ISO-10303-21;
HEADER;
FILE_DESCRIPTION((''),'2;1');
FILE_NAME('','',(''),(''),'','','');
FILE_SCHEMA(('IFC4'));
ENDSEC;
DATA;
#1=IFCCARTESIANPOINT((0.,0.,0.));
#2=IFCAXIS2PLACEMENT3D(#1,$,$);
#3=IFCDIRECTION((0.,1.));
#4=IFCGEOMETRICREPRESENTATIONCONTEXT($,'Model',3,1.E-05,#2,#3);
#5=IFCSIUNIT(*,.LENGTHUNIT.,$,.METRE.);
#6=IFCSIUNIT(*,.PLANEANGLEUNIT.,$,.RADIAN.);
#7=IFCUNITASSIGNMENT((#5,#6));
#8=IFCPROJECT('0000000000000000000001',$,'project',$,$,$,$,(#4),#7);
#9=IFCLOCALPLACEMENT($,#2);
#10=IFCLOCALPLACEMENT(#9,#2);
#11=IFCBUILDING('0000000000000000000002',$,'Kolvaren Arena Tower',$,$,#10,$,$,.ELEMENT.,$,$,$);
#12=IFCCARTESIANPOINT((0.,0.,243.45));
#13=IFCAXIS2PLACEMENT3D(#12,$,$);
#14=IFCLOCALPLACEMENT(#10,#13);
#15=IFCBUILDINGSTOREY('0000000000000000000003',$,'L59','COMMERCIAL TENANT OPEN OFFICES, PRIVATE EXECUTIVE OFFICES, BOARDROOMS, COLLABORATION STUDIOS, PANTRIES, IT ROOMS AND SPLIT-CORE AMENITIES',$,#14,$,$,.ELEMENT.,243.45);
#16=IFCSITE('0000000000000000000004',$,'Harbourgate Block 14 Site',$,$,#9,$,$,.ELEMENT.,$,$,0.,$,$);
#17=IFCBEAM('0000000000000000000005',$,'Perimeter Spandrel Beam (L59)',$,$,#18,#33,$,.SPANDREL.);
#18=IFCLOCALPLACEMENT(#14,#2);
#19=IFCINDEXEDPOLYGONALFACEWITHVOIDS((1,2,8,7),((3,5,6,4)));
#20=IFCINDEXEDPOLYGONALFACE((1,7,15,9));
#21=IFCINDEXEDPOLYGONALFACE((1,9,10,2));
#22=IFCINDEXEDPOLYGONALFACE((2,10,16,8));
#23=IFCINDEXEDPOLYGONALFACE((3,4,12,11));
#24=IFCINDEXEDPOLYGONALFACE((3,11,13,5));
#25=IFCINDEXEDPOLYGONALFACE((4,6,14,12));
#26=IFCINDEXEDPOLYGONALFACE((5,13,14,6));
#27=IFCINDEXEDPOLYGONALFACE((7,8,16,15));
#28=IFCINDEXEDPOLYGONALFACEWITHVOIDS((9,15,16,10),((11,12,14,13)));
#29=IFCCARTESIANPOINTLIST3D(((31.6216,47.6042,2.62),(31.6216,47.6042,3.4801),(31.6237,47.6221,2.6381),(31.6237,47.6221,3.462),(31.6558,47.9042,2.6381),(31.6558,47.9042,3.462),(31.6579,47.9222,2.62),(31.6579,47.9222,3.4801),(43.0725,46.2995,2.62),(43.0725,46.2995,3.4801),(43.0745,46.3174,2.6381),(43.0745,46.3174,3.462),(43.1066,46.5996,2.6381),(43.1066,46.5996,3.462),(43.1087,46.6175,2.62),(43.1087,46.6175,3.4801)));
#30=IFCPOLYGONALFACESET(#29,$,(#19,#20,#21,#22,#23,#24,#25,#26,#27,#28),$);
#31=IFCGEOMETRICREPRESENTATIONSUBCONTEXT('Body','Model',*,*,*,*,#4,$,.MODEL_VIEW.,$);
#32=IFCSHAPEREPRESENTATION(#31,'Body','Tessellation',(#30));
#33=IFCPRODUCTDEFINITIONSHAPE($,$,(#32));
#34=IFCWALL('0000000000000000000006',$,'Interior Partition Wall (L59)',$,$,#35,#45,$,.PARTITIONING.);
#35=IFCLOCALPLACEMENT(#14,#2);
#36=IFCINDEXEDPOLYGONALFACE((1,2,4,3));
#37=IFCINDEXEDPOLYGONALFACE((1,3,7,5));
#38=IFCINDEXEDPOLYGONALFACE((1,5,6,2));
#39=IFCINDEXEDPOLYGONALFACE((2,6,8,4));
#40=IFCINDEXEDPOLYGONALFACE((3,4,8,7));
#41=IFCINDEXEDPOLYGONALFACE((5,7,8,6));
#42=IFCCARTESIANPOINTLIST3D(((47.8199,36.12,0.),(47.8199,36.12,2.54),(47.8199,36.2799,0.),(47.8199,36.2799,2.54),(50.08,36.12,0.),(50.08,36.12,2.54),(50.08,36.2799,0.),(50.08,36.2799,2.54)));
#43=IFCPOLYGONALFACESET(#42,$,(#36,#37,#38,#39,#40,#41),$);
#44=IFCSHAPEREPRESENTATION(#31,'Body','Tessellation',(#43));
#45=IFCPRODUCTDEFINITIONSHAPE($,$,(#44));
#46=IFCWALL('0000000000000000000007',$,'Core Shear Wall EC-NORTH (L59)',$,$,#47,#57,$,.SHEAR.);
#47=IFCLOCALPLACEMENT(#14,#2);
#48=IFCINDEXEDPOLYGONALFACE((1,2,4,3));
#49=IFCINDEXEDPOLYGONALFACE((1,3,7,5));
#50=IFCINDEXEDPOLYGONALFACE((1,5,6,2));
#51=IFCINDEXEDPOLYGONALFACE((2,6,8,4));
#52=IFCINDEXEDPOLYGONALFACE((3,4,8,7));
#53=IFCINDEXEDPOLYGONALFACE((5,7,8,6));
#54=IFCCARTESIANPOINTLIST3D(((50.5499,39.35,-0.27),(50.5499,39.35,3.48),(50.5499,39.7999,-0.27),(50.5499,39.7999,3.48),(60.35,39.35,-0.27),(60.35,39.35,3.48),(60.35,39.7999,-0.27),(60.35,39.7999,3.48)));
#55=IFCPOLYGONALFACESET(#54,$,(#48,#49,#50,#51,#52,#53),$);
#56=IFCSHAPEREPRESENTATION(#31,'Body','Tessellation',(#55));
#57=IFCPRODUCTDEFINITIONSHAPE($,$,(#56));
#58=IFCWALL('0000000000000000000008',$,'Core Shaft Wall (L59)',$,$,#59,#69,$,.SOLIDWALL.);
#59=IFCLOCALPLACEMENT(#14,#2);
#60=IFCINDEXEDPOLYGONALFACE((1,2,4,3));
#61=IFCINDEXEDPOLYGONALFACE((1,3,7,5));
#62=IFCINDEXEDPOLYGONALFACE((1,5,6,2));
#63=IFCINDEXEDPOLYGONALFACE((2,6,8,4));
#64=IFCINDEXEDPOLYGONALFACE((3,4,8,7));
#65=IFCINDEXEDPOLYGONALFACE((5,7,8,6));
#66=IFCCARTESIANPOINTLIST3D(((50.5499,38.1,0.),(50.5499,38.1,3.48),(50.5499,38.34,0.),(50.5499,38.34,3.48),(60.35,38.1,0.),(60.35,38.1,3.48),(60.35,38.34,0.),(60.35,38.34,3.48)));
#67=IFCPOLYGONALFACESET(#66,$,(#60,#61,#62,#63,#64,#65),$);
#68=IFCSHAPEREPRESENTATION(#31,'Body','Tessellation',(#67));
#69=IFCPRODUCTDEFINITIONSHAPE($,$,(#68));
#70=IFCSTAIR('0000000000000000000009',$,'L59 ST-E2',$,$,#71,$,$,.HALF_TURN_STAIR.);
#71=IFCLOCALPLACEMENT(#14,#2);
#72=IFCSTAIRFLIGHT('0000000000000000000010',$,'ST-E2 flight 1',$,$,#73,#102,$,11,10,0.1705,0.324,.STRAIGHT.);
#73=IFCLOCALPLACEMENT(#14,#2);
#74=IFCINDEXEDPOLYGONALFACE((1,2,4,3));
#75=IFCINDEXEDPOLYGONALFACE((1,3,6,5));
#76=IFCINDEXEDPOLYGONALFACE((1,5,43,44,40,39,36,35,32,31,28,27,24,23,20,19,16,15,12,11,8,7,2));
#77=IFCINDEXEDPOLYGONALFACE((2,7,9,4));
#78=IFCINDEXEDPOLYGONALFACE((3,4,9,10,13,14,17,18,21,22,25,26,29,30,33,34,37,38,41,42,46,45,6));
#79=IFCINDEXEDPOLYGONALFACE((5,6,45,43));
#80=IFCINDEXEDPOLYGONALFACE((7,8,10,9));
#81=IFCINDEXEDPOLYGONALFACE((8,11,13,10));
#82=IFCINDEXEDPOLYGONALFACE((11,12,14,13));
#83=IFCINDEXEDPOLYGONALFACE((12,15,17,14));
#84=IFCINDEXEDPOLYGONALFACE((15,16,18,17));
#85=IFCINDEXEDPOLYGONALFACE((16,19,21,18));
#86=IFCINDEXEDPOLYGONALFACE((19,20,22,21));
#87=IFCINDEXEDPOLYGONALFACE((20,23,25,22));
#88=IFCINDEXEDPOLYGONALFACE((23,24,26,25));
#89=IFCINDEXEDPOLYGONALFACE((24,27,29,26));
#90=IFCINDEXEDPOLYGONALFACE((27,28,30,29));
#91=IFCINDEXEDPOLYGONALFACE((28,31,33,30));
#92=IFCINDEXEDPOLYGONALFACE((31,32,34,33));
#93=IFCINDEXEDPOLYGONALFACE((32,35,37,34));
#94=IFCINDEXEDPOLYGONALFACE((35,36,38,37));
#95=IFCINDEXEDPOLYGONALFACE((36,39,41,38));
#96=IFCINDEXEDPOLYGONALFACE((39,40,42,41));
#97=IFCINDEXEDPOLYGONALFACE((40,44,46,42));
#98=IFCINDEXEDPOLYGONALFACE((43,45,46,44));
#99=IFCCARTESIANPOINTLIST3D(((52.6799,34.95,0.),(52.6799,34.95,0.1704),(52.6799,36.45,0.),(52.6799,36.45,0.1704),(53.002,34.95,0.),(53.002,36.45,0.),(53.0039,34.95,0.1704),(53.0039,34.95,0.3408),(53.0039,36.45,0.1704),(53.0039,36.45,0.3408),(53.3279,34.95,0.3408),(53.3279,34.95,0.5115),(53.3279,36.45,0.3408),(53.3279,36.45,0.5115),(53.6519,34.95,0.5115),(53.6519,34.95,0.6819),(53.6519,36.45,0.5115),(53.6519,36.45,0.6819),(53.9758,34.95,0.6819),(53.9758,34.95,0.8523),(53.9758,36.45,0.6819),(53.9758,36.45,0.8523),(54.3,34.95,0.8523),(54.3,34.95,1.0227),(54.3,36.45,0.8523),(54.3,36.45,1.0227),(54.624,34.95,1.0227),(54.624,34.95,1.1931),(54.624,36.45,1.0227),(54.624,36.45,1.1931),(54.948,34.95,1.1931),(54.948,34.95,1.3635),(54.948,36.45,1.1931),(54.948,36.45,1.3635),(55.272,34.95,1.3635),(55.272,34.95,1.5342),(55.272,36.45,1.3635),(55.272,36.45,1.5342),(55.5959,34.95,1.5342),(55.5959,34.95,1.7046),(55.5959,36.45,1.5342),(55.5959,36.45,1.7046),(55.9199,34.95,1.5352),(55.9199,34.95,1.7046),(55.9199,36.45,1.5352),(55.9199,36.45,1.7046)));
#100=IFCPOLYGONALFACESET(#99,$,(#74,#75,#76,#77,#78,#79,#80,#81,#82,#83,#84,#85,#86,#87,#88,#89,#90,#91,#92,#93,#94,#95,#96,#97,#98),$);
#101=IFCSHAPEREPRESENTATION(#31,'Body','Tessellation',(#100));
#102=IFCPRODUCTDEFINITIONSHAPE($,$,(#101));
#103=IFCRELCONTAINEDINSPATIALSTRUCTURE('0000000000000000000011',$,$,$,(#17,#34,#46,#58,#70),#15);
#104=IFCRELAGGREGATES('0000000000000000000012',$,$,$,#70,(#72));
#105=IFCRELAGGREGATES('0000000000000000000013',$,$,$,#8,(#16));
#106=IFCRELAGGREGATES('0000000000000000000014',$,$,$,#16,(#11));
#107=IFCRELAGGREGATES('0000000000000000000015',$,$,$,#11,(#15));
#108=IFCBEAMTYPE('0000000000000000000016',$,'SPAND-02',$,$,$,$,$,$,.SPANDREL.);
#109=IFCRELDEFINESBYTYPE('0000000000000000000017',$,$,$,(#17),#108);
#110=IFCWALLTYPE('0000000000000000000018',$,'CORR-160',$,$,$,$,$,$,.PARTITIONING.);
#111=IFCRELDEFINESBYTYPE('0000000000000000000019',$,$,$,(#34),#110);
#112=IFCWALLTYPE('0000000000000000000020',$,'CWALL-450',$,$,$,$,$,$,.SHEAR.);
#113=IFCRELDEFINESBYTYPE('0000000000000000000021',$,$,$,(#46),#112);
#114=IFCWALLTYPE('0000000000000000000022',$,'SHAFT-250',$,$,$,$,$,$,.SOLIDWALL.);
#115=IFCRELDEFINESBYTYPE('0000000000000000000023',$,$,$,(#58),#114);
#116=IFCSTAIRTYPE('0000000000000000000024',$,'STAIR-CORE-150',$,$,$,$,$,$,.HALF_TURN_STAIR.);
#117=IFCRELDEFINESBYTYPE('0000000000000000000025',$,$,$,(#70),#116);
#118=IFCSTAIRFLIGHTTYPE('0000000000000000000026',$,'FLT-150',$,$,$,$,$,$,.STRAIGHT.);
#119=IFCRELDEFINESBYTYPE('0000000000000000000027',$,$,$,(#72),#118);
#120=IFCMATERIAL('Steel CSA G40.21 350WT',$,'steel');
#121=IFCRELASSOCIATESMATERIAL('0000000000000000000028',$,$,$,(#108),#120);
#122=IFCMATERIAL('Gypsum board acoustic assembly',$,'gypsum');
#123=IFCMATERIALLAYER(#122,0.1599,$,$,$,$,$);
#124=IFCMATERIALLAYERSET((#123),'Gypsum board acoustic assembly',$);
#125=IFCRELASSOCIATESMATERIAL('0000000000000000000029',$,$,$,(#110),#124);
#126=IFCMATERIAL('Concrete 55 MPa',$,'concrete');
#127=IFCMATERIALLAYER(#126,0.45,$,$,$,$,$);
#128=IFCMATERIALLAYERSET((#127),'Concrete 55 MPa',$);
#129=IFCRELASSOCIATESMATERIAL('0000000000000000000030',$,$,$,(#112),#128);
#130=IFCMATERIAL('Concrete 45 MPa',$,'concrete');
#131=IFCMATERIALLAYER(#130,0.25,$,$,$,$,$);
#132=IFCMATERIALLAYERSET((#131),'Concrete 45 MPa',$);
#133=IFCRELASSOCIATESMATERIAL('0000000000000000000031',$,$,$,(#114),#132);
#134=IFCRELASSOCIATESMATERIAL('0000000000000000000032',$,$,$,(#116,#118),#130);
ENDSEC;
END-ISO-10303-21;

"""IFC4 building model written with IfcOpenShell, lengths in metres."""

from ifc_helpers import new_model, si_unit, direction, frame, frame_2d, origin, origin_2d, place, context, subcontext, project, spatial, polyline, rectangle, hollow_rectangle, outline, extrude, material, layer, layer_set, material_profile, profile_set, type_object, element, aggregate, save


model = new_model("IFC4")

# Units and contexts
model_context = context("Model", 3, precision=1e-05, world=origin(), true_north=direction((0.0, 1.0)))
body_context = subcontext(model_context, "Body", "Model", "MODEL_VIEW")
ifc_project = project(units=[si_unit("LENGTHUNIT", "METRE"), si_unit("PLANEANGLEUNIT", "RADIAN")], contexts=[model_context])

# Site, building, storey
site_placement = place(None, origin())
site = spatial("IfcSite", under=ifc_project, at=site_placement, Name="Harbourgate Block 14 Site", CompositionType="ELEMENT", RefElevation=0.0)
building_placement = place(site_placement, origin())
building = spatial("IfcBuilding", under=site, at=building_placement, Name="Kolvaren Arena Tower", CompositionType="ELEMENT")
storey_placement = place(building_placement, frame((0.0, 0.0, 243.45)))
storey = spatial("IfcBuildingStorey", under=building, at=storey_placement, Name="L59", Description="COMMERCIAL TENANT OPEN OFFICES, PRIVATE EXECUTIVE OFFICES, BOARDROOMS, COLLABORATION STUDIOS, PANTRIES, IT ROOMS AND SPLIT-CORE AMENITIES", CompositionType="ELEMENT", Elevation=243.45)

# Beam
ifc_material_1 = material(Name="Steel CSA G40.21 350WT", Category="steel")
ifc_material_profile_1 = material_profile(ifc_material_1, hollow_rectangle(XDim=0.3201, YDim=0.8601, WallThickness=0.0181, at=origin_2d()), Name="HSS 860x320x18")
ifc_profile_set_1 = profile_set([ifc_material_profile_1], Name="Steel CSA G40.21 350WT")
beam_type_1 = type_object("IfcBeamType", Name="SPAND-02", PredefinedType="SPANDREL", material=ifc_profile_set_1)
beam_1_placement = place(storey_placement, frame((43.0906, 46.4585, 3.05), z_axis=(-0.993572, 0.113205, 0.0), x_axis=(-0.113205, -0.993572, 0.0)))
element("IfcBeam", 1, at=beam_1_placement, inside=storey, type_object=beam_type_1, Name="Perimeter Spandrel Beam (L59)", PredefinedType="SPANDREL", context=body_context, shape_type="SweptSolid", body=[
    extrude(hollow_rectangle(XDim=0.3201, YDim=0.8601, WallThickness=0.0181, at=origin_2d()), origin(), (0.0, 0.0, 1.0), 11.5249),
])

# Walls
ifc_material_2 = material(Name="Gypsum board acoustic assembly", Category="gypsum")
ifc_layer_1 = layer(ifc_material_2, 0.1599)
ifc_layer_set_1 = layer_set([ifc_layer_1], Name="Gypsum board acoustic assembly")
wall_type_1 = type_object("IfcWallType", Name="CORR-160", PredefinedType="PARTITIONING", material=ifc_layer_set_1)
wall_1_placement = place(storey_placement, frame((47.8201, 36.2, 0.0), z_axis=(0.0, 0.0, 1.0), x_axis=(1.0, 0.0, 0.0)))
element("IfcWall", 2, at=wall_1_placement, inside=storey, type_object=wall_type_1, Name="Interior Partition Wall (L59)", PredefinedType="PARTITIONING", context=body_context, shape_type="SweptSolid", body=[
    extrude(rectangle(XDim=2.26, YDim=0.1599, at=frame_2d((1.1299, 0.0))), origin(), (0.0, 0.0, 1.0), 2.54),
])
ifc_material_3 = material(Name="Concrete 55 MPa", Category="concrete")
ifc_layer_2 = layer(ifc_material_3, 0.45)
ifc_layer_set_2 = layer_set([ifc_layer_2], Name="Concrete 55 MPa")
wall_type_2 = type_object("IfcWallType", Name="CWALL-450", PredefinedType="SHEAR", material=ifc_layer_set_2)
wall_2_placement = place(storey_placement, frame((50.55, 39.575, -0.27), z_axis=(0.0, 0.0, 1.0), x_axis=(1.0, 0.0, 0.0)))
element("IfcWall", 3, at=wall_2_placement, inside=storey, type_object=wall_type_2, Name="Core Shear Wall EC-NORTH (L59)", PredefinedType="SHEAR", context=body_context, shape_type="SweptSolid", body=[
    extrude(rectangle(XDim=9.8, YDim=0.45, at=frame_2d((4.8999, 0.0))), origin(), (0.0, 0.0, 1.0), 3.75),
])
ifc_material_4 = material(Name="Concrete 45 MPa", Category="concrete")
ifc_layer_3 = layer(ifc_material_4, 0.25)
ifc_layer_set_3 = layer_set([ifc_layer_3], Name="Concrete 45 MPa")
wall_type_3 = type_object("IfcWallType", Name="SHAFT-250", PredefinedType="SOLIDWALL", material=ifc_layer_set_3)
wall_3_placement = place(storey_placement, frame((50.55, 38.22, 0.0), z_axis=(0.0, 0.0, 1.0), x_axis=(1.0, 0.0, 0.0)))
element("IfcWall", 4, at=wall_3_placement, inside=storey, type_object=wall_type_3, Name="Core Shaft Wall (L59)", PredefinedType="SOLIDWALL", context=body_context, shape_type="SweptSolid", body=[
    extrude(rectangle(XDim=9.8, YDim=0.24, at=frame_2d((4.8999, 0.0))), origin(), (0.0, 0.0, 1.0), 3.48),
])

# Stair, stair flight
stair_type = type_object("IfcStairType", Name="STAIR-CORE-150", PredefinedType="HALF_TURN_STAIR", material=ifc_material_4)
stair_placement = place(storey_placement, origin())
stair = element("IfcStair", 5, at=stair_placement, inside=storey, type_object=stair_type, Name="L59 ST-E2", PredefinedType="HALF_TURN_STAIR")
stair_flight_type = type_object("IfcStairFlightType", Name="FLT-150", PredefinedType="STRAIGHT", material=ifc_material_4)
stair_flight_placement = place(storey_placement, frame((52.6799, 35.7, 0.0), z_axis=(0.0, 0.0, 1.0), x_axis=(1.0, 0.0, 0.0)))
stair_flight = element("IfcStairFlight", 6, at=stair_flight_placement, type_object=stair_flight_type, Name="ST-E2 flight 1", NumberOfRisers=11, NumberOfTreads=10, PredefinedType="STRAIGHT", RiserHeight=0.1705, TreadLength=0.324, context=body_context, shape_type="SweptSolid", body=[
    extrude(outline(polyline([(0.0, 0.0), (0.0, 0.1704), (0.324, 0.1704), (0.324, 0.3408), (0.6479, 0.3408), (0.6479, 0.5115), (0.9719, 0.5115), (0.9719, 0.6819), (1.2959, 0.6819), (1.2959, 0.8523), (1.6201, 0.8523), (1.6201, 1.0227), (1.9441, 1.0227), (1.9441, 1.1931), (2.2681, 1.1931), (2.2681, 1.3635), (2.592, 1.3635), (2.592, 1.5342), (2.916, 1.5342), (2.916, 1.7046), (3.24, 1.7046), (3.24, 1.875), (3.24, 1.5352), (0.322, 0.0), (0.0, 0.0)])), frame((0.0, 0.75, 0.0), z_axis=(0.0, -1.0, 0.0), x_axis=(1.0, 0.0, 0.0)), (0.0, 0.0, 1.0), 1.5),
])
aggregate(stair, [stair_flight])

save(model, "model.ifc")
